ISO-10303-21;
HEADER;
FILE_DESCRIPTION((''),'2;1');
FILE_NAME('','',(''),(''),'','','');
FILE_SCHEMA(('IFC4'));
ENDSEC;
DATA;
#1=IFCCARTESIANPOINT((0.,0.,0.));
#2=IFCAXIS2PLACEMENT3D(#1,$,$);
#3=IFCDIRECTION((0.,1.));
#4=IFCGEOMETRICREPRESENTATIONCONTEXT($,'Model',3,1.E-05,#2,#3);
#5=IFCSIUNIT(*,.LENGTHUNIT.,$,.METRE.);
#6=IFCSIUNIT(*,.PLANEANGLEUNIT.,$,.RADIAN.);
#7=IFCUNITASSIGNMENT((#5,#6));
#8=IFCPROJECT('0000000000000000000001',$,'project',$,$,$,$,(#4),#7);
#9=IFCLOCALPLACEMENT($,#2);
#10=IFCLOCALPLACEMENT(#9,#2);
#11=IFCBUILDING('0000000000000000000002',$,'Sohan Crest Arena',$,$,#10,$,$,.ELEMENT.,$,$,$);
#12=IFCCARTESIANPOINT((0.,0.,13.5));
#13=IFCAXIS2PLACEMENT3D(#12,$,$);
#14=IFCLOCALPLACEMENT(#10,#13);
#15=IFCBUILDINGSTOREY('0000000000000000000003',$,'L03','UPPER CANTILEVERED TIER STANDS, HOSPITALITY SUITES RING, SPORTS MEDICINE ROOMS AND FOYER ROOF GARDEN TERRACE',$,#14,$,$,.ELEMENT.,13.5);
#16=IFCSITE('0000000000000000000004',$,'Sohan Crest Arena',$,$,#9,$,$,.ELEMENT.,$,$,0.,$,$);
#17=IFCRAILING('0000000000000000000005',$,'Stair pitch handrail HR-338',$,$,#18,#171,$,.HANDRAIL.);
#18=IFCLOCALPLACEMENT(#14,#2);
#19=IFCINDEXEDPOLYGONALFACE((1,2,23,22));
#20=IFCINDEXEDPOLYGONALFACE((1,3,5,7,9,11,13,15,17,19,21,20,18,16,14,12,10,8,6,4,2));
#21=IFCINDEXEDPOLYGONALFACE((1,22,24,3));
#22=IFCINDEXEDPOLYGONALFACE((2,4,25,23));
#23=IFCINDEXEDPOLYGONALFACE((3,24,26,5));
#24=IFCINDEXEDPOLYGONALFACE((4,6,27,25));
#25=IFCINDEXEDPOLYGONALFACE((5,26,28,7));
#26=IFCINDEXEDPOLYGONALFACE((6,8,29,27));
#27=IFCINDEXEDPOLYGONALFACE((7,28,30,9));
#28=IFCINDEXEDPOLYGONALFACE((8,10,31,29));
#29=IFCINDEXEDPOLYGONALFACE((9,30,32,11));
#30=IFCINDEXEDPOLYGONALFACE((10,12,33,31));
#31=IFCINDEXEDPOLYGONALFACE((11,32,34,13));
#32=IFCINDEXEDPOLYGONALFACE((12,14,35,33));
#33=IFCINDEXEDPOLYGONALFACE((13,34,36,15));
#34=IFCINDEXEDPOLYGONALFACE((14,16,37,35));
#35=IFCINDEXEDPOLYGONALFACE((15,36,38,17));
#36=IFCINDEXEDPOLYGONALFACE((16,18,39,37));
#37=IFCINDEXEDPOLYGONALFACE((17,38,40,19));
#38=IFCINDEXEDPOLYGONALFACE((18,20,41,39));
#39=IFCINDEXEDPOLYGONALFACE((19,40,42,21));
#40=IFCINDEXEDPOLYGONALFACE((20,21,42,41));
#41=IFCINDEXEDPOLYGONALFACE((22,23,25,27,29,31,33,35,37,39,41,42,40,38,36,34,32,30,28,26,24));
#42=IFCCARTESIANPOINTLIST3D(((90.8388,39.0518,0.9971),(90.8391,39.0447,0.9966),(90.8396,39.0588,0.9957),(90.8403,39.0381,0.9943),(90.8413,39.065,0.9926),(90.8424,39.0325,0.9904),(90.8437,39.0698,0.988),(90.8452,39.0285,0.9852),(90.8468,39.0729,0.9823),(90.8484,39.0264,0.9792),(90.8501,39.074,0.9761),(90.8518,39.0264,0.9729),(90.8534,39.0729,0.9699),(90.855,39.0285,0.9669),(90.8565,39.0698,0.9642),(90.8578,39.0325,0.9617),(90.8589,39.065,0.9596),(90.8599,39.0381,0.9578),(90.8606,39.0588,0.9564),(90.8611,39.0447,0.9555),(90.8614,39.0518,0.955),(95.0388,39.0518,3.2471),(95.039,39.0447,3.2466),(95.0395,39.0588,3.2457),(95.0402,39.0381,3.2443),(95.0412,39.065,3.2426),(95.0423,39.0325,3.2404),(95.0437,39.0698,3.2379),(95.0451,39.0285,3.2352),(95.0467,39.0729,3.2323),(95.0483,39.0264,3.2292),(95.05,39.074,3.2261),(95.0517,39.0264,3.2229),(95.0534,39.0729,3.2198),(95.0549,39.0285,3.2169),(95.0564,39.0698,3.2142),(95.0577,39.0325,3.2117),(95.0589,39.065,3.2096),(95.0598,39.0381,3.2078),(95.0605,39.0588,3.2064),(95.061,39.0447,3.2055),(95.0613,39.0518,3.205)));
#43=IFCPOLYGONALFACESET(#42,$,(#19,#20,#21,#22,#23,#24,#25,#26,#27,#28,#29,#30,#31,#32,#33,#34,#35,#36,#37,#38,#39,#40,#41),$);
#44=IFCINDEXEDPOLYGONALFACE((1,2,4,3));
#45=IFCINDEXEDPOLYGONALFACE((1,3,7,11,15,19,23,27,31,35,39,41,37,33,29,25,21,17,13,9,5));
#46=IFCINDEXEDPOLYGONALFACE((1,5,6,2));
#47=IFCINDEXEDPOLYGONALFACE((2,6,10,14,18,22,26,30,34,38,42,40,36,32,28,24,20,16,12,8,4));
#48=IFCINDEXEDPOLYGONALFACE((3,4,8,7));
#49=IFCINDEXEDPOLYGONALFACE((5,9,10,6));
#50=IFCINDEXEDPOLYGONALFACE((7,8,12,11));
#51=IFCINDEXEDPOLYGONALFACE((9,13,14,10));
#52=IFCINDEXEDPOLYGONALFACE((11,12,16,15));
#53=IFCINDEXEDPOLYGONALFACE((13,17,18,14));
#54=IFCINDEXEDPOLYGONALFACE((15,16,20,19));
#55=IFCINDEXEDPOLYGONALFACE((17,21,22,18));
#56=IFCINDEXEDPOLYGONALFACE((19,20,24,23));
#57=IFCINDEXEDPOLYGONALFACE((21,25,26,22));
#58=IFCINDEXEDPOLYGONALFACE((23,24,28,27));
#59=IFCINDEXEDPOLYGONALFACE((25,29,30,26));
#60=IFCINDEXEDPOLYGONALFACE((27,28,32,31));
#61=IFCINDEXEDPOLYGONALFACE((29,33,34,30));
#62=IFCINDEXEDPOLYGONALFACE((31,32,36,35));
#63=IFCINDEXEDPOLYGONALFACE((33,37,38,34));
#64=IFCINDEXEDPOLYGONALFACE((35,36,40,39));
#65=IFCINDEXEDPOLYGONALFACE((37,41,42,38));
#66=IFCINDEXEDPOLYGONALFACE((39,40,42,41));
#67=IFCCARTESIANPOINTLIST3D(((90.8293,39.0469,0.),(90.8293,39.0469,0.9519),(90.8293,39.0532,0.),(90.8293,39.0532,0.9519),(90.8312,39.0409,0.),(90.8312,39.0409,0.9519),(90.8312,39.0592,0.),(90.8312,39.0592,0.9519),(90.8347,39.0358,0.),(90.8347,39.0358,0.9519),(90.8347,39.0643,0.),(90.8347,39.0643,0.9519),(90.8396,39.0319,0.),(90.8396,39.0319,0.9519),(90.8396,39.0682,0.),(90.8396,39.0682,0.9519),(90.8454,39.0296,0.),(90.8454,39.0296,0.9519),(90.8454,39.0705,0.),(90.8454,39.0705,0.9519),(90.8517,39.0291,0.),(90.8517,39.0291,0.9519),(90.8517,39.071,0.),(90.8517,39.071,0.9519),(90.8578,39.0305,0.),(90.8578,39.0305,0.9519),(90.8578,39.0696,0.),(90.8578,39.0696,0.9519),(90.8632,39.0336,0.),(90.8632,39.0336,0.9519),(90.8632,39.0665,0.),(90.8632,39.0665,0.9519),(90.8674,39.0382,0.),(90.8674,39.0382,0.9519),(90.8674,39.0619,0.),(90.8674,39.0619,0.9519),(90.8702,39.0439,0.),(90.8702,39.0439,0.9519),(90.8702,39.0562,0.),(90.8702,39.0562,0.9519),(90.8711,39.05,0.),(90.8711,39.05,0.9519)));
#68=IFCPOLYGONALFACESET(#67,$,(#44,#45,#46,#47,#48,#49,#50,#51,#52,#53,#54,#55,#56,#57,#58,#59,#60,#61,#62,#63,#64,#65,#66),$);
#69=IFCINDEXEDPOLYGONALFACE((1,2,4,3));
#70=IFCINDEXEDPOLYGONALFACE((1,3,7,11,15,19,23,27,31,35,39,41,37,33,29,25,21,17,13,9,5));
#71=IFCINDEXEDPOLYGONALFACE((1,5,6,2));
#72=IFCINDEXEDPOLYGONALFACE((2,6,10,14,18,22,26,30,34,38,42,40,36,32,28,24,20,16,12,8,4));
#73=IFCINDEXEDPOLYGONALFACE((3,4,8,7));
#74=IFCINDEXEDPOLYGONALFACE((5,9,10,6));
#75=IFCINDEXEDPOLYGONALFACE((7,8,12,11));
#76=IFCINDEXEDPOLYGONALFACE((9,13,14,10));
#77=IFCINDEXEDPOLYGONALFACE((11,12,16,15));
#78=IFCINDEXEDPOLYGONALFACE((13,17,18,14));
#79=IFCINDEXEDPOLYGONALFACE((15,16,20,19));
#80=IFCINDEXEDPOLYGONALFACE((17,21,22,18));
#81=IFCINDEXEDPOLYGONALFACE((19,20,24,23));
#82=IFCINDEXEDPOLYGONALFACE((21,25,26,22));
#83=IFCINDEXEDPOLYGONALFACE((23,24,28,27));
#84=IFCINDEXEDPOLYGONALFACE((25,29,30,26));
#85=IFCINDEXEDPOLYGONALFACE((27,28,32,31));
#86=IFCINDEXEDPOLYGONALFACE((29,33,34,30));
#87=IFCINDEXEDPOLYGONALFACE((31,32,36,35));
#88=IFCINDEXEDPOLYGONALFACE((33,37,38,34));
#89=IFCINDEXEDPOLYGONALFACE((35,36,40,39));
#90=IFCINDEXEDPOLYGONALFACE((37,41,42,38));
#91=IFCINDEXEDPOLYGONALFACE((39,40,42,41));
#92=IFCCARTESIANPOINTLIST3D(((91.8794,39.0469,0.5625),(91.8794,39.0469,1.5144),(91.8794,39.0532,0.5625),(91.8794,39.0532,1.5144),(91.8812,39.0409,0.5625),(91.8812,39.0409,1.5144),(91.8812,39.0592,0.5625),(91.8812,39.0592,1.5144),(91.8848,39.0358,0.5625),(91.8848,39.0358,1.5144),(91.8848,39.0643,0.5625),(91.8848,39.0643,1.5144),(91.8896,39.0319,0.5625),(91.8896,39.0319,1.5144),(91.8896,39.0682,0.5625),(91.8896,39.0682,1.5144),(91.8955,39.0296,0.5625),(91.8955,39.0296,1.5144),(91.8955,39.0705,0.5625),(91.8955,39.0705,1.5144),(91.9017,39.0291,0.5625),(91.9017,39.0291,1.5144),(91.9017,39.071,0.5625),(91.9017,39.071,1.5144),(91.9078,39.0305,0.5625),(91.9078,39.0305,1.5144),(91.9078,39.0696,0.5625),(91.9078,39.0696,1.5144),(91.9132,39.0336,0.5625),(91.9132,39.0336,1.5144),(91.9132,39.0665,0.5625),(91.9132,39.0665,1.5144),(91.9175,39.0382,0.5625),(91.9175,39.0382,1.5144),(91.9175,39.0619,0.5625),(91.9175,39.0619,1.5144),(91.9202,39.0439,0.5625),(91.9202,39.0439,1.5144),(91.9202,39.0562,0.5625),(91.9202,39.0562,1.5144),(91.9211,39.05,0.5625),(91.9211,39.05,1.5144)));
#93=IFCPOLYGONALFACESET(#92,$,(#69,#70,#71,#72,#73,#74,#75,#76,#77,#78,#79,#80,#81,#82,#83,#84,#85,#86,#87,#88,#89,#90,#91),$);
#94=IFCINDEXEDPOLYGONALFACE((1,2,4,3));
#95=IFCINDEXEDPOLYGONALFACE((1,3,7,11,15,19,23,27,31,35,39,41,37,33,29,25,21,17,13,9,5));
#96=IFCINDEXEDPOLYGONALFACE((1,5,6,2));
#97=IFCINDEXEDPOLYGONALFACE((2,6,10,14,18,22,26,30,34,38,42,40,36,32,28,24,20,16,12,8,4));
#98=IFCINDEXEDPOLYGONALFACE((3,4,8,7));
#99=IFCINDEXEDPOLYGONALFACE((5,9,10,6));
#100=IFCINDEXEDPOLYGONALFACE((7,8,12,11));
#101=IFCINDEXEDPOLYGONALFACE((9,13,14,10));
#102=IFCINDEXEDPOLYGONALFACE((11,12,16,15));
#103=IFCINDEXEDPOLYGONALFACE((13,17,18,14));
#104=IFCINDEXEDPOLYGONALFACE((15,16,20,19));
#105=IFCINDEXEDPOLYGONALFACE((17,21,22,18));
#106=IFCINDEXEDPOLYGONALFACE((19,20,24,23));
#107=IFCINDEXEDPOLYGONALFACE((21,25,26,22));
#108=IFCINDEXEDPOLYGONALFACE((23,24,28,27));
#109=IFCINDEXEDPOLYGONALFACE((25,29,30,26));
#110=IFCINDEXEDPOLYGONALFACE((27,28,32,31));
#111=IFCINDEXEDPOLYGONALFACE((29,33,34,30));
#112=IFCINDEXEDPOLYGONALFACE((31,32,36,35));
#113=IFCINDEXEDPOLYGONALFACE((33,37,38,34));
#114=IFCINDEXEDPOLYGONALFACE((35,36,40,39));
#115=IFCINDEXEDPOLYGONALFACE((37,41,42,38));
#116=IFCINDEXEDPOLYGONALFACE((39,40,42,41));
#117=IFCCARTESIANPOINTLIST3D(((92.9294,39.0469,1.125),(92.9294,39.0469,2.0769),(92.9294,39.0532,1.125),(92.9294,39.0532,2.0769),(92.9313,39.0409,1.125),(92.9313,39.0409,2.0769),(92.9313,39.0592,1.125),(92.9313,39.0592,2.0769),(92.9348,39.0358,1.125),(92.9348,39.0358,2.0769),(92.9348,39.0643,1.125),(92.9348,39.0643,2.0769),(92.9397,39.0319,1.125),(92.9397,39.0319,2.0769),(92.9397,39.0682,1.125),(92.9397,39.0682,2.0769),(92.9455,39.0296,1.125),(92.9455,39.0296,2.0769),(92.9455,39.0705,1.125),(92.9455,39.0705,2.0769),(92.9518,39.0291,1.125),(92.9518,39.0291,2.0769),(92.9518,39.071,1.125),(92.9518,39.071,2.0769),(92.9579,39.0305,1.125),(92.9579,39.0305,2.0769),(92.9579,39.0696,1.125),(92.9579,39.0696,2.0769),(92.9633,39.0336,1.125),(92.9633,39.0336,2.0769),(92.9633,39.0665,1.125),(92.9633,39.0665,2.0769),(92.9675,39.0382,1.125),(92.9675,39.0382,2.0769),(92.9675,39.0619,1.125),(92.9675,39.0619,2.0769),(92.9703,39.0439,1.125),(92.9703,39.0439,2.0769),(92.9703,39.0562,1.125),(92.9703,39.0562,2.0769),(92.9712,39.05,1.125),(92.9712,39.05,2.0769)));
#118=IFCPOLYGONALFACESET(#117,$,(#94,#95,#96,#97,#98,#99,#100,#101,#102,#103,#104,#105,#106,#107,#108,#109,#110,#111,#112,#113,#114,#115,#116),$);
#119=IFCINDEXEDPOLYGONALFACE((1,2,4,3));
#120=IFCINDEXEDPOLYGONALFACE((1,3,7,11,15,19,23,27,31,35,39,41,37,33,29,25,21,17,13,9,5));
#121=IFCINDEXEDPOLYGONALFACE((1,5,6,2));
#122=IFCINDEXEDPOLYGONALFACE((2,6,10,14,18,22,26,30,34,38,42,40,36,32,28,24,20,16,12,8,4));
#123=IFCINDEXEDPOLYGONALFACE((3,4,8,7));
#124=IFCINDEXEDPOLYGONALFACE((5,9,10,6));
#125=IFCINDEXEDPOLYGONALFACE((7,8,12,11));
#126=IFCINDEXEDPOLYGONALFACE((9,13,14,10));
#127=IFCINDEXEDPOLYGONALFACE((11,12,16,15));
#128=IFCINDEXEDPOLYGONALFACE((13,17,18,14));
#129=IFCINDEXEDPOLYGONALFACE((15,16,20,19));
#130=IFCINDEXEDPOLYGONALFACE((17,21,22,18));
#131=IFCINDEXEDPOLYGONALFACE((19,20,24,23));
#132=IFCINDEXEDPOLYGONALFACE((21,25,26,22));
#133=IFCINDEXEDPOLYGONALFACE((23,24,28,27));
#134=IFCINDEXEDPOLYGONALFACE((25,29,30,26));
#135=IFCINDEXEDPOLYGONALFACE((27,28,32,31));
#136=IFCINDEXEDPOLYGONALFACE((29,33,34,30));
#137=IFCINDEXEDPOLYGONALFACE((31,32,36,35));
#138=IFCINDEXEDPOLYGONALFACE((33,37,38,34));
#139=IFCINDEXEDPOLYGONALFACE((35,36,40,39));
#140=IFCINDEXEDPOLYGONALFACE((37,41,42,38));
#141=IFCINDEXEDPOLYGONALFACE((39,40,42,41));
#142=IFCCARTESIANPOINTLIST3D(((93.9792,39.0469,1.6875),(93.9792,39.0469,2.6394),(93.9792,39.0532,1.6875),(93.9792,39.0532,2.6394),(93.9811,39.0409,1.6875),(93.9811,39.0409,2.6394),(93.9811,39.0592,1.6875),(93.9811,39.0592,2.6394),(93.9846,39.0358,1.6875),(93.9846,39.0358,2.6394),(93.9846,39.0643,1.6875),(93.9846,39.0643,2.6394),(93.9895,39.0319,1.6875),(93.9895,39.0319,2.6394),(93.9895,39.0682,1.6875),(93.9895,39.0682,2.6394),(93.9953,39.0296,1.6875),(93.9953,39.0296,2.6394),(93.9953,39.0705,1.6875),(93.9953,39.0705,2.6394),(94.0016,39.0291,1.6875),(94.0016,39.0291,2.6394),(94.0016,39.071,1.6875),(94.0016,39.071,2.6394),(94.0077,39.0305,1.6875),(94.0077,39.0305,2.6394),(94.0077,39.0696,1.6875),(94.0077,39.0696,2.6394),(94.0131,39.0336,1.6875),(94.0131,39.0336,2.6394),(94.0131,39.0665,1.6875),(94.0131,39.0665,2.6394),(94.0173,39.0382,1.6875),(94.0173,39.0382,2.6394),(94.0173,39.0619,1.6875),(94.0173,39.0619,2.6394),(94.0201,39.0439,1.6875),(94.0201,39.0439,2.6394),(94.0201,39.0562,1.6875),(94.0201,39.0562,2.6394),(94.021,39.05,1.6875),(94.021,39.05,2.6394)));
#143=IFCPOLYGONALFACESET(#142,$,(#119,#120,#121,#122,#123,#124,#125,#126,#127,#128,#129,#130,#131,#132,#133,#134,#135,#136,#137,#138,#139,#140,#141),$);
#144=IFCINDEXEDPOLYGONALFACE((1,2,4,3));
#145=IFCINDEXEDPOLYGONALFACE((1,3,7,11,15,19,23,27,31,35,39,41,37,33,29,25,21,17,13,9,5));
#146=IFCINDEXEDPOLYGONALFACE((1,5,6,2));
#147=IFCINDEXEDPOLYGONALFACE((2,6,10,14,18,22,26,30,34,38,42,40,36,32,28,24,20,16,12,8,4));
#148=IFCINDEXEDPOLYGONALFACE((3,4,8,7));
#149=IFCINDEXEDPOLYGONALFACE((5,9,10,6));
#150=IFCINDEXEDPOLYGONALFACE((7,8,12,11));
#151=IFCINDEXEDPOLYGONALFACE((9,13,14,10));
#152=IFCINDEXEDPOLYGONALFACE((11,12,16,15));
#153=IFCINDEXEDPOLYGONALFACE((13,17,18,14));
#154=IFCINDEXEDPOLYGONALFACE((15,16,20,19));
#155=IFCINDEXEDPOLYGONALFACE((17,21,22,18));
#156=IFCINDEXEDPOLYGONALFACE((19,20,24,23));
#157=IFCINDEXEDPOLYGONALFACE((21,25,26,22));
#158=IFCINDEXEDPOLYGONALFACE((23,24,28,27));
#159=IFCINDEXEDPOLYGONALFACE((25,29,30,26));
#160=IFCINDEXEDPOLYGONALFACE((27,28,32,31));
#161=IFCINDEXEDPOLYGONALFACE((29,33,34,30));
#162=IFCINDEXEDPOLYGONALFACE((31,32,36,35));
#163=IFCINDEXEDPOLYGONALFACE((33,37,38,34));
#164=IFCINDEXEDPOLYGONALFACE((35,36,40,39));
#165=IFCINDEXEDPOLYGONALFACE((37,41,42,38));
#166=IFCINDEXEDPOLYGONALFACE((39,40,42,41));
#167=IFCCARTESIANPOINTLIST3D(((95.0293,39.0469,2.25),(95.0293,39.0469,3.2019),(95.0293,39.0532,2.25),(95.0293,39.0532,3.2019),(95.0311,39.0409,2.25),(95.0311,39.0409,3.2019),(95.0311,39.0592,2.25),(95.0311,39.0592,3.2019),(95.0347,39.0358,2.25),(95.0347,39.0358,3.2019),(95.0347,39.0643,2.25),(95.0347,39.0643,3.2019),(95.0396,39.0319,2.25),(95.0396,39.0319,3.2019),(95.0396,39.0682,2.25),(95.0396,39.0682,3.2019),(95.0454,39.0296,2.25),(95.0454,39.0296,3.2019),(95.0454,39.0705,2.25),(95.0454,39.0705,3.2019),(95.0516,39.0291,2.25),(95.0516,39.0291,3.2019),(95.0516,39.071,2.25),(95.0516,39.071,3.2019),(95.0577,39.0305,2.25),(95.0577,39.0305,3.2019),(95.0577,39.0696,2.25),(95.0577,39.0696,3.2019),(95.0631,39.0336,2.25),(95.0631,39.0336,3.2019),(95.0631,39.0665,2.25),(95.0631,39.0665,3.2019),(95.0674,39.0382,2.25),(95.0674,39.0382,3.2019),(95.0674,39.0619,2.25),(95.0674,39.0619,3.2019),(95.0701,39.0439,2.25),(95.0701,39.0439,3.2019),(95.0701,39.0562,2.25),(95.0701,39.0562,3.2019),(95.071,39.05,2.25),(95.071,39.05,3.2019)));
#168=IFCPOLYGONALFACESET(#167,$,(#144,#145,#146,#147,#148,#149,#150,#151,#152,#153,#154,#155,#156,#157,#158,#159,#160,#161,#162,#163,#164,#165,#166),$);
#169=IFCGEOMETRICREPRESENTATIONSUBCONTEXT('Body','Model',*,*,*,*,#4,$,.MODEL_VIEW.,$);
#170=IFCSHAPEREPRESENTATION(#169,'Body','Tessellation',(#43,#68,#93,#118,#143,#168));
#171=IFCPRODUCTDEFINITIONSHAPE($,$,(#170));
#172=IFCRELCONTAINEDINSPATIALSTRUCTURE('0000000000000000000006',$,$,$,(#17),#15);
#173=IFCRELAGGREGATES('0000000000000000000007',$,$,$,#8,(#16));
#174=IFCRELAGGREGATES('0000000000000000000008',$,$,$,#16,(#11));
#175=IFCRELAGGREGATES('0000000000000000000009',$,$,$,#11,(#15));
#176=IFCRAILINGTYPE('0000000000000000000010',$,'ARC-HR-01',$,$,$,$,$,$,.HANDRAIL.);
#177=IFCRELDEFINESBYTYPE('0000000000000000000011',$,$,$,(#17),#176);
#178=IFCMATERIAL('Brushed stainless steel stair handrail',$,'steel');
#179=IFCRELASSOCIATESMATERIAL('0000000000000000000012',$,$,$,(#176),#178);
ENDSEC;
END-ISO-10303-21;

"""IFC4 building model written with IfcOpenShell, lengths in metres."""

from ifc_helpers import new_model, si_unit, direction, frame, origin, origin_2d, place, context, subcontext, project, spatial, circle, extrude, material, type_object, element, save


model = new_model("IFC4")

# Units and contexts
model_context = context("Model", 3, precision=1e-05, world=origin(), true_north=direction((0.0, 1.0)))
body_context = subcontext(model_context, "Body", "Model", "MODEL_VIEW")
ifc_project = project(units=[si_unit("LENGTHUNIT", "METRE"), si_unit("PLANEANGLEUNIT", "RADIAN")], contexts=[model_context])

# Site, building, storey
site_placement = place(None, origin())
site = spatial("IfcSite", under=ifc_project, at=site_placement, Name="Sohan Crest Arena", CompositionType="ELEMENT", RefElevation=0.0)
building_placement = place(site_placement, origin())
building = spatial("IfcBuilding", under=site, at=building_placement, Name="Sohan Crest Arena", CompositionType="ELEMENT")
storey_placement = place(building_placement, frame((0.0, 0.0, 13.5)))
storey = spatial("IfcBuildingStorey", under=building, at=storey_placement, Name="L03", Description="UPPER CANTILEVERED TIER STANDS, HOSPITALITY SUITES RING, SPORTS MEDICINE ROOMS AND FOYER ROOF GARDEN TERRACE", CompositionType="ELEMENT", Elevation=13.5)

# Railing
ifc_material_1 = material(Name="Brushed stainless steel stair handrail", Category="steel")
railing_type_1 = type_object("IfcRailingType", Name="ARC-HR-01", PredefinedType="HANDRAIL", material=ifc_material_1)
for number, where, name in (
    (1, (90.8501, 39.05, 0.0), "Stair pitch handrail HR-338"),
):
    element("IfcRailing", number, at=place(storey_placement, frame(where)), inside=storey, type_object=railing_type_1, Name=name, PredefinedType="HANDRAIL", context=body_context, shape_type="SweptSolid", body=[
        extrude(circle(Radius=0.0239, at=origin_2d()), frame((0.0, 0.0, 0.9761), z_axis=(0.881478, 0.0, 0.472226), x_axis=(0.0, 1.0, 0.0)), (0.0, 0.0, 1.0), 4.7646),
        extrude(circle(Radius=0.021, at=origin_2d()), origin(), (0.0, 0.0, 1.0), 0.9519),
        extrude(circle(Radius=0.021, at=origin_2d()), frame((1.05, 0.0, 0.5625)), (0.0, 0.0, 1.0), 0.9519),
        extrude(circle(Radius=0.021, at=origin_2d()), frame((2.1001, 0.0, 1.125)), (0.0, 0.0, 1.0), 0.9519),
        extrude(circle(Radius=0.021, at=origin_2d()), frame((3.1499, 0.0, 1.6875)), (0.0, 0.0, 1.0), 0.9519),
        extrude(circle(Radius=0.021, at=origin_2d()), frame((4.2, 0.0, 2.25)), (0.0, 0.0, 1.0), 0.9519),
    ])

save(model, "model.ifc")
